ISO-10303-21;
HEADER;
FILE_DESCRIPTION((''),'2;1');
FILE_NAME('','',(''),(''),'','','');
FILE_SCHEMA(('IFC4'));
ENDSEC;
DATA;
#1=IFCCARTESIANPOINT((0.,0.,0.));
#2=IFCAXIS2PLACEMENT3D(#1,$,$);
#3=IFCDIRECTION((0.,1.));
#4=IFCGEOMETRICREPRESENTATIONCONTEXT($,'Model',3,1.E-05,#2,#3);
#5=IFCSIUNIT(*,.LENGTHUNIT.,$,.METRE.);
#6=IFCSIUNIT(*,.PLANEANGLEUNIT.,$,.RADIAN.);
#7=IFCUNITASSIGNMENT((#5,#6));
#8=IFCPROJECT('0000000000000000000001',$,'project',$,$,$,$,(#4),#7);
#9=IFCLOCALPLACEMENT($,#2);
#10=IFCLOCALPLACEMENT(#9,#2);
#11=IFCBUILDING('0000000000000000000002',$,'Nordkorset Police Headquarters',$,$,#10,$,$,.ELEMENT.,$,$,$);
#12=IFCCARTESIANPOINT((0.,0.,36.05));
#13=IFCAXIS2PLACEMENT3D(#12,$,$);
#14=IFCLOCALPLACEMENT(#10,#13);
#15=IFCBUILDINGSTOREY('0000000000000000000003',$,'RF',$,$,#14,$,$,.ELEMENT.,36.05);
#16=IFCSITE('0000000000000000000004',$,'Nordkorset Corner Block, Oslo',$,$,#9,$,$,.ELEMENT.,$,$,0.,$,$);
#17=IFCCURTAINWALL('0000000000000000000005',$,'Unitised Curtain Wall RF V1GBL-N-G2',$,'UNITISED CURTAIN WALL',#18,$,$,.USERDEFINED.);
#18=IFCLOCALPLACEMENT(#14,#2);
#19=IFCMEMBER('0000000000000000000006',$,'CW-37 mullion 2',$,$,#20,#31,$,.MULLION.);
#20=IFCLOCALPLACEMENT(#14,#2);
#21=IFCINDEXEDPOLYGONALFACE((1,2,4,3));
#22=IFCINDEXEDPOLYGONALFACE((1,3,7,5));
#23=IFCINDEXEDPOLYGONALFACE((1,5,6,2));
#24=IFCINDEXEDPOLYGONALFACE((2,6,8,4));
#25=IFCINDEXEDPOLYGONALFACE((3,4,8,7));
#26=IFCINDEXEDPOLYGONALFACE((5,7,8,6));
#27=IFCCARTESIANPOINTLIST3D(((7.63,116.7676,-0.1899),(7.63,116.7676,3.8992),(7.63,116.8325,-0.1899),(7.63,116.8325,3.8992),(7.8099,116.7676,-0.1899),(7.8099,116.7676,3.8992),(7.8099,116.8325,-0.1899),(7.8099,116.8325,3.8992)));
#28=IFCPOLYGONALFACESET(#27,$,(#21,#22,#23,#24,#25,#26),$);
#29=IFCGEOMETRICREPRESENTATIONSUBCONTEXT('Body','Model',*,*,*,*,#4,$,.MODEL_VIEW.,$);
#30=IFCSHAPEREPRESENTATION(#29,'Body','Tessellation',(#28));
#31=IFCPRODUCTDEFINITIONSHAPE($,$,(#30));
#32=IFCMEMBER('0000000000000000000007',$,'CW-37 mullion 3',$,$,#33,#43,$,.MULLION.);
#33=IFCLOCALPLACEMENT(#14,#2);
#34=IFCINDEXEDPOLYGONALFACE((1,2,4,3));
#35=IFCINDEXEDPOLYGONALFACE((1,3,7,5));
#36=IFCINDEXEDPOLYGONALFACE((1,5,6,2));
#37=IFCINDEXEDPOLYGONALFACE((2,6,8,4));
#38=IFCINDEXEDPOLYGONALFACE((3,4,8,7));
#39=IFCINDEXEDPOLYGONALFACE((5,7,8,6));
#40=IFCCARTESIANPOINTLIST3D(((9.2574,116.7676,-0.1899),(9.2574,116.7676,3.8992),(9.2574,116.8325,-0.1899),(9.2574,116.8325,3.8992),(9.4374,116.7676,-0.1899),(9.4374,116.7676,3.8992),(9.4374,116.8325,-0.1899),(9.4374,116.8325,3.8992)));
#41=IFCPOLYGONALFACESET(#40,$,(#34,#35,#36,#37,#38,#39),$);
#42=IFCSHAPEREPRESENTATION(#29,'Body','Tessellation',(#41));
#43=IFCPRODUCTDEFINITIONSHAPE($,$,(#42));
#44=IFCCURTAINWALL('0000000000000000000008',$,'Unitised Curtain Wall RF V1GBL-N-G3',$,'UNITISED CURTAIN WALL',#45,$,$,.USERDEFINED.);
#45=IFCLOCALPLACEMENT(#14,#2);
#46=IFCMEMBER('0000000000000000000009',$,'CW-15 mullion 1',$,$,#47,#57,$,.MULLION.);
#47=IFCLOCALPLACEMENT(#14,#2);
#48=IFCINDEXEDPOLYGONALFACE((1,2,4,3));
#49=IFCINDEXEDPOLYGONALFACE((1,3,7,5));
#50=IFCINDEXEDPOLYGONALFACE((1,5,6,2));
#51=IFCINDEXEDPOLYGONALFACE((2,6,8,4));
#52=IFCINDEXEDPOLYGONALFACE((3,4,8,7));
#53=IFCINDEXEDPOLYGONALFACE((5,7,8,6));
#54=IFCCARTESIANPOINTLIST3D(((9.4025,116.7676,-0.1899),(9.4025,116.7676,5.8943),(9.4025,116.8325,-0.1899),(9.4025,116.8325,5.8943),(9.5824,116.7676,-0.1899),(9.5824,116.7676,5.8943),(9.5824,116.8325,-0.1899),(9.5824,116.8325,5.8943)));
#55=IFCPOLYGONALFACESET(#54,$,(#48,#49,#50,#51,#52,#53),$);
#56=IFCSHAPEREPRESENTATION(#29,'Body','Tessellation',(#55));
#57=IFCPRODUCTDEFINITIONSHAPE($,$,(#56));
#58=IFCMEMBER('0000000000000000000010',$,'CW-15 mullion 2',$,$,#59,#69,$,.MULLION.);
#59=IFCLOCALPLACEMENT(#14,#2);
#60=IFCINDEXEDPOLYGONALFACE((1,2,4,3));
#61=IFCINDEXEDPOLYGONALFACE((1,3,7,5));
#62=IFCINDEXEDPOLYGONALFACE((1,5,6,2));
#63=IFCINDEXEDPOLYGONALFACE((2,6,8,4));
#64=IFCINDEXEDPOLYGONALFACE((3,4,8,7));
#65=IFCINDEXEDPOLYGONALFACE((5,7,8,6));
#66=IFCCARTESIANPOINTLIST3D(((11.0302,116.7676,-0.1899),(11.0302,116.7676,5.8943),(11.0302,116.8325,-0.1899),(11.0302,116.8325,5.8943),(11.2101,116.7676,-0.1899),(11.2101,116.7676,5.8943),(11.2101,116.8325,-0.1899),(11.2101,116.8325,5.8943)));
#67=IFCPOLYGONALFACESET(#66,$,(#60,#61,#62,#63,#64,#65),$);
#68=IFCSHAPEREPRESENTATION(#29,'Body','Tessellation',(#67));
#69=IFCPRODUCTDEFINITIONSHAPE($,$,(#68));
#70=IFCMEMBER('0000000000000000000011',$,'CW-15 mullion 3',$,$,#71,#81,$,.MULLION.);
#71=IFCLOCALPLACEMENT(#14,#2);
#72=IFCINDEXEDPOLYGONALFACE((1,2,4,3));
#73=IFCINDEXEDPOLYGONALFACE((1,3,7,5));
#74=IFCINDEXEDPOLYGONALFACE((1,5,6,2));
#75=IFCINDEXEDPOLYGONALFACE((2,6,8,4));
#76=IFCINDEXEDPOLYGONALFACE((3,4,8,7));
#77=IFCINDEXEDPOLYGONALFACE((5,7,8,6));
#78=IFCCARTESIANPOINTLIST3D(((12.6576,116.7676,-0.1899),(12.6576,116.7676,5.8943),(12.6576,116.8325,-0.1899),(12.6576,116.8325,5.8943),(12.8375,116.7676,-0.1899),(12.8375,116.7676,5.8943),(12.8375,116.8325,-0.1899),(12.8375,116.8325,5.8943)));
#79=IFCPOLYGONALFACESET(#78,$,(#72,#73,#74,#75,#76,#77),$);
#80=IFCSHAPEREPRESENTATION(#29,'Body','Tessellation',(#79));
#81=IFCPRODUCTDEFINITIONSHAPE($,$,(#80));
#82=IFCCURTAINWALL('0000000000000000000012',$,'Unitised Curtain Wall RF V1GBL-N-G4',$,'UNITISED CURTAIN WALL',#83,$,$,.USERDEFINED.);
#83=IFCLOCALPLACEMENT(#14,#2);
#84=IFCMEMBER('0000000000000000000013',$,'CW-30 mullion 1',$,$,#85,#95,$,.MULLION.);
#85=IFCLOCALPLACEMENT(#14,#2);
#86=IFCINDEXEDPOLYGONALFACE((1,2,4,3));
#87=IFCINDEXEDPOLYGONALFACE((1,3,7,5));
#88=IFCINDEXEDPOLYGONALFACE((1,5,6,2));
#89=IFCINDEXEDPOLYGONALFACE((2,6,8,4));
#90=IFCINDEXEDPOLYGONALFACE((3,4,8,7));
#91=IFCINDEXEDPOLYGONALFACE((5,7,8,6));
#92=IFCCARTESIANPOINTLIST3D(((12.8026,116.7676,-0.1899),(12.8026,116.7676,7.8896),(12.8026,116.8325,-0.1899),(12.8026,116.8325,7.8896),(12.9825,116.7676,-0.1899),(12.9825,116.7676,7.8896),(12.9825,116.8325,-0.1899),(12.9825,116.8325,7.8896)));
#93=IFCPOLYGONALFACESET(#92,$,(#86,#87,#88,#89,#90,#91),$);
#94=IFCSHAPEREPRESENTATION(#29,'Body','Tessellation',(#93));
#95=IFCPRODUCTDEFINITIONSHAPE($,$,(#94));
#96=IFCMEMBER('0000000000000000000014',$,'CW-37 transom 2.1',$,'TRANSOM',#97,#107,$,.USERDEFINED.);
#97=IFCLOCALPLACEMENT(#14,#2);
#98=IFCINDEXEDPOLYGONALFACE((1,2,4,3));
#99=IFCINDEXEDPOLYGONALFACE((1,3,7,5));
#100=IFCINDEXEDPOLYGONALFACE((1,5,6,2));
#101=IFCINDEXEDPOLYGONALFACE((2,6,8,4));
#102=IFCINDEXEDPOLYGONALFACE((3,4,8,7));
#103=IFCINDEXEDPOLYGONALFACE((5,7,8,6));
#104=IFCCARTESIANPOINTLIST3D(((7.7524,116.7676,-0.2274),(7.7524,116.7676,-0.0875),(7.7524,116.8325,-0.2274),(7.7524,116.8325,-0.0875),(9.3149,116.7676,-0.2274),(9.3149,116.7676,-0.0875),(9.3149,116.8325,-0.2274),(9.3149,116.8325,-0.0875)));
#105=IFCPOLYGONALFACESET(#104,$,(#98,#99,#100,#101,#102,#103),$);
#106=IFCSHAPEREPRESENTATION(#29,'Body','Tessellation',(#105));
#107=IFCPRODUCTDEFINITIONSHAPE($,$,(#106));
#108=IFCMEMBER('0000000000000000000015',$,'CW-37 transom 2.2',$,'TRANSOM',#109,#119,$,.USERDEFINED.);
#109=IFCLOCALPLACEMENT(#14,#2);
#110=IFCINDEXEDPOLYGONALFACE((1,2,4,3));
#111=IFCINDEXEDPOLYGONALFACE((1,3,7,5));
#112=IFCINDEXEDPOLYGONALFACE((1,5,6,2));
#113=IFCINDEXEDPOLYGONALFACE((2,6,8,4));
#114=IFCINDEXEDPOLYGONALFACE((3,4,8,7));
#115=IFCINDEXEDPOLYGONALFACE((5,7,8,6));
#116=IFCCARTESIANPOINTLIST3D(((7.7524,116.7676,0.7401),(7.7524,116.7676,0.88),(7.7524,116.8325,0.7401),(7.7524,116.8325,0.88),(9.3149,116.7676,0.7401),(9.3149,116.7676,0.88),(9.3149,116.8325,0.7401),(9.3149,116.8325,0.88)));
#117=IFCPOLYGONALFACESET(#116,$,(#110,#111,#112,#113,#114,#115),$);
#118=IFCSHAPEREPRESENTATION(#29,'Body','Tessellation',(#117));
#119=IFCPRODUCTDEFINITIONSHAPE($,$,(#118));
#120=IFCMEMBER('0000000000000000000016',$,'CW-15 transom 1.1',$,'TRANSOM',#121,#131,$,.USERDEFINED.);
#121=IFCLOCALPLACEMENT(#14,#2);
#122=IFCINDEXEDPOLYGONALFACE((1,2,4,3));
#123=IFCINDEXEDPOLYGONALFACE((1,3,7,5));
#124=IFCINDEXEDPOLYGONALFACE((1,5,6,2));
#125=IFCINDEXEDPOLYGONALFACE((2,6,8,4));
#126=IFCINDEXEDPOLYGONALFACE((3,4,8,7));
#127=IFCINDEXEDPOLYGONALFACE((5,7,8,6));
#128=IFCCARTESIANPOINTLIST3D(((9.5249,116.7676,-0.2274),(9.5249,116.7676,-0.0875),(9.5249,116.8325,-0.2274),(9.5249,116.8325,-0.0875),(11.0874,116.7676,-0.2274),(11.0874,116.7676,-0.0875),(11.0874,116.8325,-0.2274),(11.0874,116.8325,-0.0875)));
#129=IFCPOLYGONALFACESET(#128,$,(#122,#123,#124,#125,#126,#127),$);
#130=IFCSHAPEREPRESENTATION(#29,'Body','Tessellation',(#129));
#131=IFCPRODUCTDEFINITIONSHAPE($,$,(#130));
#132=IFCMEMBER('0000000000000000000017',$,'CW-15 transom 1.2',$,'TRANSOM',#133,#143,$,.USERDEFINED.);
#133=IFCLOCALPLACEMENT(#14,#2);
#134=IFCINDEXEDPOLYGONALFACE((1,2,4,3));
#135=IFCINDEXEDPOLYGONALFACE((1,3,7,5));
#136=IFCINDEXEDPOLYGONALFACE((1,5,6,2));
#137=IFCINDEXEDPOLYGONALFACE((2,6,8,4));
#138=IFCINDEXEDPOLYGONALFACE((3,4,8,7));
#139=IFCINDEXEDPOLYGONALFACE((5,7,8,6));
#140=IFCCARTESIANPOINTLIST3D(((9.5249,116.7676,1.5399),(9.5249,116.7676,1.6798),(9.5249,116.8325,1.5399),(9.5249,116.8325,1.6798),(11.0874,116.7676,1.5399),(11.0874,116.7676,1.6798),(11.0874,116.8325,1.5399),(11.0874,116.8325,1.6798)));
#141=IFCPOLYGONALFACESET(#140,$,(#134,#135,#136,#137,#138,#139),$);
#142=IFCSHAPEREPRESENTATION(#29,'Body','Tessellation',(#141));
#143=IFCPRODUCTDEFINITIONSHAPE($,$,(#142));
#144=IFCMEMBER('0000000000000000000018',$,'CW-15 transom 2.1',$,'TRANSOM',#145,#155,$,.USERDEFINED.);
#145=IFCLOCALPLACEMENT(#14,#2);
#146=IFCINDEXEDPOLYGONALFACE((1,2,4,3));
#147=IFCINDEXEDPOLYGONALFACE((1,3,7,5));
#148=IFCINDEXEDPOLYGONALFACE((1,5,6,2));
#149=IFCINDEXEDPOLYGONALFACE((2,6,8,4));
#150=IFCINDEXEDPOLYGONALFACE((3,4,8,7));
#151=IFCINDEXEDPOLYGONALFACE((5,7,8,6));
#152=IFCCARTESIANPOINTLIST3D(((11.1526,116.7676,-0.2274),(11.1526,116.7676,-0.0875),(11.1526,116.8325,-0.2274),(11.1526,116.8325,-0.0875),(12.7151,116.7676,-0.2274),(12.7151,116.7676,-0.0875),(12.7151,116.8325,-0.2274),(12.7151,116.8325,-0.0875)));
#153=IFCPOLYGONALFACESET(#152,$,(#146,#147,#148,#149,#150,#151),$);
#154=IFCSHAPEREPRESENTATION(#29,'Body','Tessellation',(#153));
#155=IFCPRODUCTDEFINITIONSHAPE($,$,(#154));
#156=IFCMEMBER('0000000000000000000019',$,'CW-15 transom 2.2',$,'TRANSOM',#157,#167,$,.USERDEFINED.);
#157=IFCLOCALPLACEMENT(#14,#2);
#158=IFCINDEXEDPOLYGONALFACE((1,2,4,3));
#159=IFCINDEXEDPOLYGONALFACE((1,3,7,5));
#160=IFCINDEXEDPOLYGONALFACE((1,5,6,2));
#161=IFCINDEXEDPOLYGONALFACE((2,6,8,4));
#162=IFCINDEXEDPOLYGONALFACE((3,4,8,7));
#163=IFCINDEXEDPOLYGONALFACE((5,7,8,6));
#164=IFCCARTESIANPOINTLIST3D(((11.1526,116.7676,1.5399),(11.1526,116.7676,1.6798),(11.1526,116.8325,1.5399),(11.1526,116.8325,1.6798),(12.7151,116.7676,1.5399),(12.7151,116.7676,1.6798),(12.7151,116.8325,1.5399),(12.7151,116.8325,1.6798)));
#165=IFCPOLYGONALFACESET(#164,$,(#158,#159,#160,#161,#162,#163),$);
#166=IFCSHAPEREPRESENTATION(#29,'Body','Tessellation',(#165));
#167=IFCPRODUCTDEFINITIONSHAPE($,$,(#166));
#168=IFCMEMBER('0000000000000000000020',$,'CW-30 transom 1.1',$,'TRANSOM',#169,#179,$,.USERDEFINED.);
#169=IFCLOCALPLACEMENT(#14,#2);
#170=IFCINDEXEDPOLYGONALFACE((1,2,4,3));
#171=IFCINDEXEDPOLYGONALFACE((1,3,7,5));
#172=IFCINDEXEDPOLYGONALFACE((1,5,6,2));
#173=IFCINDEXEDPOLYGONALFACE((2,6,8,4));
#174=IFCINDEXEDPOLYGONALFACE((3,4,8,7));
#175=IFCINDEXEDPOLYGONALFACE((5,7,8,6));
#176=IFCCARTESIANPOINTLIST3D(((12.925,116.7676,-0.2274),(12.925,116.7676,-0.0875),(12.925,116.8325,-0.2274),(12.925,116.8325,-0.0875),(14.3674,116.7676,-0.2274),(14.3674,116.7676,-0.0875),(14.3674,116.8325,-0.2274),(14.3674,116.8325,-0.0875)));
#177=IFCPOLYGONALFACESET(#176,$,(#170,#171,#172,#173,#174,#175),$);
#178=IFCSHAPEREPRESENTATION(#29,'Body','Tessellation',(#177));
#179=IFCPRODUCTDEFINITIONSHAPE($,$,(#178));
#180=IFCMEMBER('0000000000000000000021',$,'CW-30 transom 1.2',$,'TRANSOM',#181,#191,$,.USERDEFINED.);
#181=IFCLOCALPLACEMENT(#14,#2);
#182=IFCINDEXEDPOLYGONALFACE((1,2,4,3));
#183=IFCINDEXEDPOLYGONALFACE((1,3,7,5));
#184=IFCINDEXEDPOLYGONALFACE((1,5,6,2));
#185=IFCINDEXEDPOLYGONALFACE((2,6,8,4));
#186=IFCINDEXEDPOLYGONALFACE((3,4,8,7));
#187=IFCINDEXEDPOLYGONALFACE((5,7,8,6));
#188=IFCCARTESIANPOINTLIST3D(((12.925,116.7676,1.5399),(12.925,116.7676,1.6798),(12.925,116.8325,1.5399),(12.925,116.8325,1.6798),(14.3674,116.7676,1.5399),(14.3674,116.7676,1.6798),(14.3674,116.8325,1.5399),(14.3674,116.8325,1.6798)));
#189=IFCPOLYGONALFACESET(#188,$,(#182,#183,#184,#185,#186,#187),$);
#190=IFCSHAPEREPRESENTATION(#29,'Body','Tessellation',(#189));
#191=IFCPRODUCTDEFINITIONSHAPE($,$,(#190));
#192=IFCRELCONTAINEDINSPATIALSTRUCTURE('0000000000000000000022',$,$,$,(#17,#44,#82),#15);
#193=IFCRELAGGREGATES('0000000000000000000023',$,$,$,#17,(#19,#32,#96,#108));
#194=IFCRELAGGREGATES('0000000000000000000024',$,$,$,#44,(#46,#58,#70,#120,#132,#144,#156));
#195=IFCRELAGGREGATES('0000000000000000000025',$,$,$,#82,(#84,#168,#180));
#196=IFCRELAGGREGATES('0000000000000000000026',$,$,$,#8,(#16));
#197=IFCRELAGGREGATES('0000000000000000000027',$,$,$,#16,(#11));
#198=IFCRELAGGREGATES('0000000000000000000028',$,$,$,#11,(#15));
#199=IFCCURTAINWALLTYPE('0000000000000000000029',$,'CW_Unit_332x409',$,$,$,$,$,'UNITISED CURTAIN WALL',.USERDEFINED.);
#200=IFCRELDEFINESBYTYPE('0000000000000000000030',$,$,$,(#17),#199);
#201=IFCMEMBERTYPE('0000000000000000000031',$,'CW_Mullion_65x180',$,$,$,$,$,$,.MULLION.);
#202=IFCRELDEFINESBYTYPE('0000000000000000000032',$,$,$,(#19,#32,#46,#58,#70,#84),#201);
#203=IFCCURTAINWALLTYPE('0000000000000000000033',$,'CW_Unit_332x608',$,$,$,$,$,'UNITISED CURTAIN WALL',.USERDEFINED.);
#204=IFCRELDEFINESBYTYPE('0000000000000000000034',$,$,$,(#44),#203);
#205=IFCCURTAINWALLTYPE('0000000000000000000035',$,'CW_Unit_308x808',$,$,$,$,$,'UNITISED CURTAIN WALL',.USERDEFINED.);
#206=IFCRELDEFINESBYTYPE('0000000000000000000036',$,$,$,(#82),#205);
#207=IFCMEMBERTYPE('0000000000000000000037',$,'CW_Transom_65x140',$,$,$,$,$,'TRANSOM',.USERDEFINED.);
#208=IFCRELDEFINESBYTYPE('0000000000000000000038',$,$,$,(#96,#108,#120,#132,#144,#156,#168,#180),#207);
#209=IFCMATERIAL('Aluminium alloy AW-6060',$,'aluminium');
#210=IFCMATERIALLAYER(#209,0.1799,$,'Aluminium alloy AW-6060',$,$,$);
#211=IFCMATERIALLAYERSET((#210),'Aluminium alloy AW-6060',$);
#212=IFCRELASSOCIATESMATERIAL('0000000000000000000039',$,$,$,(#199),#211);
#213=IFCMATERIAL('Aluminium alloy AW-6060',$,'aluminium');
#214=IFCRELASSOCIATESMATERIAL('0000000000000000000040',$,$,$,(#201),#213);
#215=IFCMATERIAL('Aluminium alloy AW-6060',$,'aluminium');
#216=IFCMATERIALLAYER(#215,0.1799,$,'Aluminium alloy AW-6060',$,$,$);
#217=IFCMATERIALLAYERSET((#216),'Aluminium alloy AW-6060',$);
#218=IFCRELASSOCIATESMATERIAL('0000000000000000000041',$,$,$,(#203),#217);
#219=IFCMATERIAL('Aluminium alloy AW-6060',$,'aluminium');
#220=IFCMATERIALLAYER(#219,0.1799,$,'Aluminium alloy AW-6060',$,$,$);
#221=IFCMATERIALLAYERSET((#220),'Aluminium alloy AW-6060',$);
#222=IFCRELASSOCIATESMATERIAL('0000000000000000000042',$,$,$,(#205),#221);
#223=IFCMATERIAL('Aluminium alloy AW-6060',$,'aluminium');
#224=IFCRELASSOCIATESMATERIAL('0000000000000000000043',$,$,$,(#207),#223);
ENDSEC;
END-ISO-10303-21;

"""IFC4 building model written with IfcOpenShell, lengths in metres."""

from ifc_helpers import new_model, si_unit, direction, frame, origin, origin_2d, place, context, subcontext, project, spatial, rectangle, extrude, material, layer, layer_set, material_profile, profile_set, type_object, element, aggregate, save


model = new_model("IFC4")

# Units and contexts
model_context = context("Model", 3, precision=1e-05, world=origin(), true_north=direction((0.0, 1.0)))
body_context = subcontext(model_context, "Body", "Model", "MODEL_VIEW")
ifc_project = project(units=[si_unit("LENGTHUNIT", "METRE"), si_unit("PLANEANGLEUNIT", "RADIAN")], contexts=[model_context])

# Site, building, storey
site_placement = place(None, origin())
site = spatial("IfcSite", under=ifc_project, at=site_placement, Name="Nordkorset Corner Block, Oslo", CompositionType="ELEMENT", RefElevation=0.0)
building_placement = place(site_placement, origin())
building = spatial("IfcBuilding", under=site, at=building_placement, Name="Nordkorset Police Headquarters", CompositionType="ELEMENT")
storey_placement = place(building_placement, frame((0.0, 0.0, 36.05)))
storey = spatial("IfcBuildingStorey", under=building, at=storey_placement, Name="RF", CompositionType="ELEMENT", Elevation=36.05)

# Curtain walls, members
ifc_material_1 = material(Name="Aluminium alloy AW-6060", Category="aluminium")
ifc_layer_1 = layer(ifc_material_1, 0.1799, Name="Aluminium alloy AW-6060")
ifc_layer_set_1 = layer_set([ifc_layer_1], Name="Aluminium alloy AW-6060")
curtain_wall_type_1 = type_object("IfcCurtainWallType", Name="CW_Unit_332x409", ElementType="UNITISED CURTAIN WALL", PredefinedType="USERDEFINED", material=ifc_layer_set_1)
curtain_wall_1_placement = place(storey_placement, origin())
curtain_wall_1 = element("IfcCurtainWall", 1, at=curtain_wall_1_placement, inside=storey, type_object=curtain_wall_type_1, Name="Unitised Curtain Wall RF V1GBL-N-G2", ObjectType="UNITISED CURTAIN WALL", PredefinedType="USERDEFINED")
ifc_material_2 = material(Name="Aluminium alloy AW-6060", Category="aluminium")
ifc_material_profile_1 = material_profile(ifc_material_2, rectangle(XDim=0.0649, YDim=0.1799, at=origin_2d()), Name="ALU MULL 65x180")
ifc_profile_set_1 = profile_set([ifc_material_profile_1], Name="Aluminium alloy AW-6060")
member_type_1 = type_object("IfcMemberType", Name="CW_Mullion_65x180", PredefinedType="MULLION", material=ifc_profile_set_1)
member_1_placement = place(storey_placement, frame((7.72, 116.8, -0.1899), z_axis=(0.0, 0.0, 1.0), x_axis=(0.0, 1.0, 0.0)))
member_1 = element("IfcMember", 2, at=member_1_placement, type_object=member_type_1, Name="CW-37 mullion 2", PredefinedType="MULLION", context=body_context, shape_type="SweptSolid", body=[
    extrude(rectangle(XDim=0.0649, YDim=0.1799, at=origin_2d()), origin(), (0.0, 0.0, 1.0), 4.0891),
])
member_2_placement = place(storey_placement, frame((9.3474, 116.8, -0.1899), z_axis=(0.0, 0.0, 1.0), x_axis=(0.0, 1.0, 0.0)))
member_2 = element("IfcMember", 3, at=member_2_placement, type_object=member_type_1, Name="CW-37 mullion 3", PredefinedType="MULLION", context=body_context, shape_type="SweptSolid", body=[
    extrude(rectangle(XDim=0.0649, YDim=0.1799, at=origin_2d()), origin(), (0.0, 0.0, 1.0), 4.0891),
])
ifc_material_3 = material(Name="Aluminium alloy AW-6060", Category="aluminium")
ifc_layer_2 = layer(ifc_material_3, 0.1799, Name="Aluminium alloy AW-6060")
ifc_layer_set_2 = layer_set([ifc_layer_2], Name="Aluminium alloy AW-6060")
curtain_wall_type_2 = type_object("IfcCurtainWallType", Name="CW_Unit_332x608", ElementType="UNITISED CURTAIN WALL", PredefinedType="USERDEFINED", material=ifc_layer_set_2)
curtain_wall_2_placement = place(storey_placement, origin())
curtain_wall_2 = element("IfcCurtainWall", 4, at=curtain_wall_2_placement, inside=storey, type_object=curtain_wall_type_2, Name="Unitised Curtain Wall RF V1GBL-N-G3", ObjectType="UNITISED CURTAIN WALL", PredefinedType="USERDEFINED")
member_3_placement = place(storey_placement, frame((9.4924, 116.8, -0.1899), z_axis=(0.0, 0.0, 1.0), x_axis=(0.0, 1.0, 0.0)))
member_3 = element("IfcMember", 5, at=member_3_placement, type_object=member_type_1, Name="CW-15 mullion 1", PredefinedType="MULLION", context=body_context, shape_type="SweptSolid", body=[
    extrude(rectangle(XDim=0.0649, YDim=0.1799, at=origin_2d()), origin(), (0.0, 0.0, 1.0), 6.0842),
])
member_4_placement = place(storey_placement, frame((11.1201, 116.8, -0.1899), z_axis=(0.0, 0.0, 1.0), x_axis=(0.0, 1.0, 0.0)))
member_4 = element("IfcMember", 6, at=member_4_placement, type_object=member_type_1, Name="CW-15 mullion 2", PredefinedType="MULLION", context=body_context, shape_type="SweptSolid", body=[
    extrude(rectangle(XDim=0.0649, YDim=0.1799, at=origin_2d()), origin(), (0.0, 0.0, 1.0), 6.0842),
])
member_5_placement = place(storey_placement, frame((12.7476, 116.8, -0.1899), z_axis=(0.0, 0.0, 1.0), x_axis=(0.0, 1.0, 0.0)))
member_5 = element("IfcMember", 7, at=member_5_placement, type_object=member_type_1, Name="CW-15 mullion 3", PredefinedType="MULLION", context=body_context, shape_type="SweptSolid", body=[
    extrude(rectangle(XDim=0.0649, YDim=0.1799, at=origin_2d()), origin(), (0.0, 0.0, 1.0), 6.0842),
])

# Curtain wall, member
ifc_material_4 = material(Name="Aluminium alloy AW-6060", Category="aluminium")
ifc_layer_3 = layer(ifc_material_4, 0.1799, Name="Aluminium alloy AW-6060")
ifc_layer_set_3 = layer_set([ifc_layer_3], Name="Aluminium alloy AW-6060")
curtain_wall_type_3 = type_object("IfcCurtainWallType", Name="CW_Unit_308x808", ElementType="UNITISED CURTAIN WALL", PredefinedType="USERDEFINED", material=ifc_layer_set_3)
curtain_wall_3_placement = place(storey_placement, origin())
curtain_wall_3 = element("IfcCurtainWall", 8, at=curtain_wall_3_placement, inside=storey, type_object=curtain_wall_type_3, Name="Unitised Curtain Wall RF V1GBL-N-G4", ObjectType="UNITISED CURTAIN WALL", PredefinedType="USERDEFINED")
member_6_placement = place(storey_placement, frame((12.8926, 116.8, -0.1899), z_axis=(0.0, 0.0, 1.0), x_axis=(0.0, 1.0, 0.0)))
member_6 = element("IfcMember", 9, at=member_6_placement, type_object=member_type_1, Name="CW-30 mullion 1", PredefinedType="MULLION", context=body_context, shape_type="SweptSolid", body=[
    extrude(rectangle(XDim=0.0649, YDim=0.1799, at=origin_2d()), origin(), (0.0, 0.0, 1.0), 8.0796),
])

# Members
ifc_material_5 = material(Name="Aluminium alloy AW-6060", Category="aluminium")
ifc_material_profile_2 = material_profile(ifc_material_5, rectangle(XDim=0.0649, YDim=0.1399, at=origin_2d()), Name="ALU TRAN 65x140")
ifc_profile_set_2 = profile_set([ifc_material_profile_2], Name="Aluminium alloy AW-6060")
member_type_2 = type_object("IfcMemberType", Name="CW_Transom_65x140", ElementType="TRANSOM", PredefinedType="USERDEFINED", material=ifc_profile_set_2)
member_7_placement = place(storey_placement, frame((7.7524, 116.8, -0.1575), z_axis=(1.0, 0.0, 0.0), x_axis=(0.0, 1.0, 0.0)))
member_7 = element("IfcMember", 10, at=member_7_placement, type_object=member_type_2, Name="CW-37 transom 2.1", ObjectType="TRANSOM", PredefinedType="USERDEFINED", context=body_context, shape_type="SweptSolid", body=[
    extrude(rectangle(XDim=0.0649, YDim=0.1399, at=origin_2d()), origin(), (0.0, 0.0, 1.0), 1.5625),
])
member_8_placement = place(storey_placement, frame((7.7524, 116.8, 0.8101), z_axis=(1.0, 0.0, 0.0), x_axis=(0.0, 1.0, 0.0)))
member_8 = element("IfcMember", 11, at=member_8_placement, type_object=member_type_2, Name="CW-37 transom 2.2", ObjectType="TRANSOM", PredefinedType="USERDEFINED", context=body_context, shape_type="SweptSolid", body=[
    extrude(rectangle(XDim=0.0649, YDim=0.1399, at=origin_2d()), origin(), (0.0, 0.0, 1.0), 1.5625),
])
member_9_placement = place(storey_placement, frame((9.5249, 116.8, -0.1575), z_axis=(1.0, 0.0, 0.0), x_axis=(0.0, 1.0, 0.0)))
member_9 = element("IfcMember", 12, at=member_9_placement, type_object=member_type_2, Name="CW-15 transom 1.1", ObjectType="TRANSOM", PredefinedType="USERDEFINED", context=body_context, shape_type="SweptSolid", body=[
    extrude(rectangle(XDim=0.0649, YDim=0.1399, at=origin_2d()), origin(), (0.0, 0.0, 1.0), 1.5625),
])
member_10_placement = place(storey_placement, frame((9.5249, 116.8, 1.6099), z_axis=(1.0, 0.0, 0.0), x_axis=(0.0, 1.0, 0.0)))
member_10 = element("IfcMember", 13, at=member_10_placement, type_object=member_type_2, Name="CW-15 transom 1.2", ObjectType="TRANSOM", PredefinedType="USERDEFINED", context=body_context, shape_type="SweptSolid", body=[
    extrude(rectangle(XDim=0.0649, YDim=0.1399, at=origin_2d()), origin(), (0.0, 0.0, 1.0), 1.5625),
])
member_11_placement = place(storey_placement, frame((11.1526, 116.8, -0.1575), z_axis=(1.0, 0.0, 0.0), x_axis=(0.0, 1.0, 0.0)))
member_11 = element("IfcMember", 14, at=member_11_placement, type_object=member_type_2, Name="CW-15 transom 2.1", ObjectType="TRANSOM", PredefinedType="USERDEFINED", context=body_context, shape_type="SweptSolid", body=[
    extrude(rectangle(XDim=0.0649, YDim=0.1399, at=origin_2d()), origin(), (0.0, 0.0, 1.0), 1.5625),
])
member_12_placement = place(storey_placement, frame((11.1526, 116.8, 1.6099), z_axis=(1.0, 0.0, 0.0), x_axis=(0.0, 1.0, 0.0)))
member_12 = element("IfcMember", 15, at=member_12_placement, type_object=member_type_2, Name="CW-15 transom 2.2", ObjectType="TRANSOM", PredefinedType="USERDEFINED", context=body_context, shape_type="SweptSolid", body=[
    extrude(rectangle(XDim=0.0649, YDim=0.1399, at=origin_2d()), origin(), (0.0, 0.0, 1.0), 1.5625),
])
member_13_placement = place(storey_placement, frame((12.925, 116.8, -0.1575), z_axis=(1.0, 0.0, 0.0), x_axis=(0.0, 1.0, 0.0)))
member_13 = element("IfcMember", 16, at=member_13_placement, type_object=member_type_2, Name="CW-30 transom 1.1", ObjectType="TRANSOM", PredefinedType="USERDEFINED", context=body_context, shape_type="SweptSolid", body=[
    extrude(rectangle(XDim=0.0649, YDim=0.1399, at=origin_2d()), origin(), (0.0, 0.0, 1.0), 1.4424),
])
member_14_placement = place(storey_placement, frame((12.925, 116.8, 1.6099), z_axis=(1.0, 0.0, 0.0), x_axis=(0.0, 1.0, 0.0)))
member_14 = element("IfcMember", 17, at=member_14_placement, type_object=member_type_2, Name="CW-30 transom 1.2", ObjectType="TRANSOM", PredefinedType="USERDEFINED", context=body_context, shape_type="SweptSolid", body=[
    extrude(rectangle(XDim=0.0649, YDim=0.1399, at=origin_2d()), origin(), (0.0, 0.0, 1.0), 1.4424),
])

aggregate(curtain_wall_1, [member_1, member_2, member_7, member_8])
aggregate(curtain_wall_2, [member_3, member_4, member_5, member_9, member_10, member_11, member_12])
aggregate(curtain_wall_3, [member_6, member_13, member_14])

save(model, "model.ifc")
